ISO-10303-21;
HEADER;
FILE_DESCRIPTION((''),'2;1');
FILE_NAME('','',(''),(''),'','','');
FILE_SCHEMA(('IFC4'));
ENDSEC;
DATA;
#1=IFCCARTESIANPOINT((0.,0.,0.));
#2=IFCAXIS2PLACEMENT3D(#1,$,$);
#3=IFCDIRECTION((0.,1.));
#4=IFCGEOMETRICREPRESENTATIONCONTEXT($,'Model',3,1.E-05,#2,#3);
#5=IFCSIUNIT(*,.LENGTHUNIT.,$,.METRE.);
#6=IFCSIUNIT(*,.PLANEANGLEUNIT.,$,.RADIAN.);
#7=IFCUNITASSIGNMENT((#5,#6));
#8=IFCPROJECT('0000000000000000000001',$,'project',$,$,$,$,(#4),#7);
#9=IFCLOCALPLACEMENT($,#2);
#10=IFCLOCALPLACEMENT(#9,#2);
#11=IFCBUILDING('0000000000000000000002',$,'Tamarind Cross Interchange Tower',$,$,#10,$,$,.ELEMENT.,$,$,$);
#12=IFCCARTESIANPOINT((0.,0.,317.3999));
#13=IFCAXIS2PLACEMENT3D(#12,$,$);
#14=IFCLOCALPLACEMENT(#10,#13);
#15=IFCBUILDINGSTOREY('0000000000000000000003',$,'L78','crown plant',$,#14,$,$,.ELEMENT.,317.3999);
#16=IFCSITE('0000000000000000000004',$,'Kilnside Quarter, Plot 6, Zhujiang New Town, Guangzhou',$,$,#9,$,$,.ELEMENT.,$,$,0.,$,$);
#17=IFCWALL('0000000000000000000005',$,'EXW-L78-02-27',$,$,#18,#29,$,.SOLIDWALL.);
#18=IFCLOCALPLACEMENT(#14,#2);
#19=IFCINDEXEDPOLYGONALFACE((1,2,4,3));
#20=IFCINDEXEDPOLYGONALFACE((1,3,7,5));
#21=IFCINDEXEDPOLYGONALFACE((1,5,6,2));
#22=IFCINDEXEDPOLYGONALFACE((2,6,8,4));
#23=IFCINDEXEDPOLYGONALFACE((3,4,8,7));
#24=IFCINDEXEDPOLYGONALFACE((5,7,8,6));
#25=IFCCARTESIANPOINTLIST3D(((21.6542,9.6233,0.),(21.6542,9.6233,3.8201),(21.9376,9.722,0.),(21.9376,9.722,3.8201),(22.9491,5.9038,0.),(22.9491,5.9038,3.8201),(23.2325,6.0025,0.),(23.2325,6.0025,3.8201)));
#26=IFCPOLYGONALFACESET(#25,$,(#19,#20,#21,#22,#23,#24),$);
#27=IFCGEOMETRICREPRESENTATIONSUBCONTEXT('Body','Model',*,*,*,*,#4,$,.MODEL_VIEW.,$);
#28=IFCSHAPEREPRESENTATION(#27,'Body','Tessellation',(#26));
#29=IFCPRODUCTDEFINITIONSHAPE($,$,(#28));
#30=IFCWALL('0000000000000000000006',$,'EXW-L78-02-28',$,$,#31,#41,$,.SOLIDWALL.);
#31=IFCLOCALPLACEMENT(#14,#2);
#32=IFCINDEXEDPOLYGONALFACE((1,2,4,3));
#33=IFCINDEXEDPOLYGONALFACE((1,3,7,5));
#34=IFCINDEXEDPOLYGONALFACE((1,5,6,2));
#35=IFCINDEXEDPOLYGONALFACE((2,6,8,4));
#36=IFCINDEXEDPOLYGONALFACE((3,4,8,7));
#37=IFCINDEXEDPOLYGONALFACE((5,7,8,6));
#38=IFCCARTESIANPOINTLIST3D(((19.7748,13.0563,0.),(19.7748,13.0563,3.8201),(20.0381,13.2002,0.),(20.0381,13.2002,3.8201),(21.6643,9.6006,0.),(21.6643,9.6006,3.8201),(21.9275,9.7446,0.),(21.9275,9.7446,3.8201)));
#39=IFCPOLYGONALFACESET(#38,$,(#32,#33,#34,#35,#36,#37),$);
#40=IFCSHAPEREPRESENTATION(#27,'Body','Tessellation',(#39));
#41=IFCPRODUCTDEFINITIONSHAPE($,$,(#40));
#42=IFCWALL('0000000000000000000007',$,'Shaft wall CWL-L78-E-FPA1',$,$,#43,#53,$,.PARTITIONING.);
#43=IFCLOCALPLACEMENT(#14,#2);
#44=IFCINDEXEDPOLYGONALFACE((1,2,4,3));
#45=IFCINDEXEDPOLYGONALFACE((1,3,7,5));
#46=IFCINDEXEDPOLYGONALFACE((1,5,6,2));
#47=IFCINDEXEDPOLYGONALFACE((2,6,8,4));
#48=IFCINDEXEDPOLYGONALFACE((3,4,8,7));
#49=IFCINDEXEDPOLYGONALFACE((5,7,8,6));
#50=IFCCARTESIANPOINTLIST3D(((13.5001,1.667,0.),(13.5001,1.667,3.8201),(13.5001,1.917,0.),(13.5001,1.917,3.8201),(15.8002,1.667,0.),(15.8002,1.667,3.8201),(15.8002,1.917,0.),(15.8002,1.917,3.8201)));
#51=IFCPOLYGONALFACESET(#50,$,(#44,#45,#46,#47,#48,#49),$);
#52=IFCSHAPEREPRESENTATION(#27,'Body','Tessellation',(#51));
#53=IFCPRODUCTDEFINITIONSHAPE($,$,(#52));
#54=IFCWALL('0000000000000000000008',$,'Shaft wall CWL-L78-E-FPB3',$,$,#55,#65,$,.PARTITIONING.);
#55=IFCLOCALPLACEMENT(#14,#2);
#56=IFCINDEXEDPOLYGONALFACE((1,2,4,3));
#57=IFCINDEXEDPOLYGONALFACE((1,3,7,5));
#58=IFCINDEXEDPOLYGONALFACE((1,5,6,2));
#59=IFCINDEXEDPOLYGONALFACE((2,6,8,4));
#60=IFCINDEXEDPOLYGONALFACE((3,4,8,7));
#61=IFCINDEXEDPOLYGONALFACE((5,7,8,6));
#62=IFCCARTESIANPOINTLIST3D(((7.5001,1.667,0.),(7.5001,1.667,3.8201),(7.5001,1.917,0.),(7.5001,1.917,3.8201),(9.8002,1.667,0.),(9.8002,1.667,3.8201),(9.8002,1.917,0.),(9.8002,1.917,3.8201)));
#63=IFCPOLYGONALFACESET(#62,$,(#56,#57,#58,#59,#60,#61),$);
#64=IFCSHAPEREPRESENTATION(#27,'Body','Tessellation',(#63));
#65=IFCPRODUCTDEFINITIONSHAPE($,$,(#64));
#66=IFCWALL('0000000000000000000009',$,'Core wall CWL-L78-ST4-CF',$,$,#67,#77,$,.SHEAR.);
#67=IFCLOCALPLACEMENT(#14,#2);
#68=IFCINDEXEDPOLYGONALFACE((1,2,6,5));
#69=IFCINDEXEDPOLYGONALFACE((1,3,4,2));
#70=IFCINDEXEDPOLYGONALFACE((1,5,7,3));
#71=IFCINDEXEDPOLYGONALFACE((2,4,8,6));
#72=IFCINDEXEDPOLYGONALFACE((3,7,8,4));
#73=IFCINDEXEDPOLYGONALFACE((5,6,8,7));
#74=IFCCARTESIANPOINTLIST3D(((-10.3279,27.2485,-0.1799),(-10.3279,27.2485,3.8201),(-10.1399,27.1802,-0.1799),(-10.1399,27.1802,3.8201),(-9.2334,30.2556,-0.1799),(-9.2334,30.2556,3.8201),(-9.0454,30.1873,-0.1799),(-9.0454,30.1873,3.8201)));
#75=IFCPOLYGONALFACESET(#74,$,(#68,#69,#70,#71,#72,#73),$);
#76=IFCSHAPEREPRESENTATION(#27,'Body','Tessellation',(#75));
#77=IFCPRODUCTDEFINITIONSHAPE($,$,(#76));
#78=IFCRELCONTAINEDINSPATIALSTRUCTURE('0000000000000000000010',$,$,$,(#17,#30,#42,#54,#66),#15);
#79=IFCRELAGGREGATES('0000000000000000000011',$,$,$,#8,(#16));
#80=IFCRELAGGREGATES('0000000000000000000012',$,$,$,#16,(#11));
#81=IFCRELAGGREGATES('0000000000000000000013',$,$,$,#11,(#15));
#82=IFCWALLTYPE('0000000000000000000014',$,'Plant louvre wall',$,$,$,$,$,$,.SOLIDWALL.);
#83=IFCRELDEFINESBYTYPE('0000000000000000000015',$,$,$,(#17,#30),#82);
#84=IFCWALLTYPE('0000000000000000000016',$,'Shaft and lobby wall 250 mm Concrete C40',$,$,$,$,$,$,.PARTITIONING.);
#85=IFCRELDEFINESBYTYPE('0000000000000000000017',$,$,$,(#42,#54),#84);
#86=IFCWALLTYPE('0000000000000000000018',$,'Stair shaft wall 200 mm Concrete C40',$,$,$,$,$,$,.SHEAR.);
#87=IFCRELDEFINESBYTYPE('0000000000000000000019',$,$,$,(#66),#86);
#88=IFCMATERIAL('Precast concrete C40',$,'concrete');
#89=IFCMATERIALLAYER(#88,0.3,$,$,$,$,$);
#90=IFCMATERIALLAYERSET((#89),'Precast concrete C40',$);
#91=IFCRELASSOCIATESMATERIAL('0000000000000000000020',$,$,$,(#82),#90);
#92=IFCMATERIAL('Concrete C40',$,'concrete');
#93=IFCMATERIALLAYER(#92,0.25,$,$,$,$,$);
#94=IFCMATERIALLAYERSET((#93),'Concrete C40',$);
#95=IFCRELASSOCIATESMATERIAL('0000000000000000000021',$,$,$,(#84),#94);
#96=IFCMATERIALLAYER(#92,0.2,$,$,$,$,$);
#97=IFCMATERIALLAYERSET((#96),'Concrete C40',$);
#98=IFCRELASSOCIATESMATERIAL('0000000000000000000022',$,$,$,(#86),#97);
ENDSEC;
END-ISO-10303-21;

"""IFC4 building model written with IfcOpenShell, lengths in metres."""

from ifc_helpers import new_model, si_unit, direction, frame, frame_2d, origin, place, context, subcontext, project, spatial, polyline, rectangle, outline, extrude, material, layer, layer_set, type_object, element, save


model = new_model("IFC4")

# Units and contexts
model_context = context("Model", 3, precision=1e-05, world=origin(), true_north=direction((0.0, 1.0)))
body_context = subcontext(model_context, "Body", "Model", "MODEL_VIEW")
ifc_project = project(units=[si_unit("LENGTHUNIT", "METRE"), si_unit("PLANEANGLEUNIT", "RADIAN")], contexts=[model_context])

# Site, building, storey
site_placement = place(None, origin())
site = spatial("IfcSite", under=ifc_project, at=site_placement, Name="Kilnside Quarter, Plot 6, Zhujiang New Town, Guangzhou", CompositionType="ELEMENT", RefElevation=0.0)
building_placement = place(site_placement, origin())
building = spatial("IfcBuilding", under=site, at=building_placement, Name="Tamarind Cross Interchange Tower", CompositionType="ELEMENT")
storey_placement = place(building_placement, frame((0.0, 0.0, 317.3999)))
storey = spatial("IfcBuildingStorey", under=building, at=storey_placement, Name="L78", Description="crown plant", CompositionType="ELEMENT", Elevation=317.3999)

# Shared definitions
ifc_material_1 = material(Name="Concrete C40", Category="concrete")

# Walls
ifc_material_2 = material(Name="Precast concrete C40", Category="concrete")
ifc_layer_1 = layer(ifc_material_2, 0.3)
ifc_layer_set_1 = layer_set([ifc_layer_1], Name="Precast concrete C40")
wall_type_1 = type_object("IfcWallType", Name="Plant louvre wall", PredefinedType="SOLIDWALL", material=ifc_layer_set_1)
for number, where, z_axis, x_axis, name in (
    (1, (23.0908, 5.9531, 0.0), (0.0, 0.0, 1.0), (-0.32879, 0.944403, 0.0), "EXW-L78-02-27"),
    (2, (21.7959, 9.6726, 0.0), (0.0, 0.0, 1.0), (-0.479742, 0.877409, 0.0), "EXW-L78-02-28"),
):
    element("IfcWall", number, at=place(storey_placement, frame(where, z_axis=z_axis, x_axis=x_axis)), inside=storey, type_object=wall_type_1, Name=name, PredefinedType="SOLIDWALL", context=body_context, shape_type="SweptSolid", body=[
        extrude(rectangle(XDim=3.9385, YDim=0.3, at=frame_2d((1.9692, 0.0))), origin(), (0.0, 0.0, 1.0), 3.8201),
    ])
ifc_layer_2 = layer(ifc_material_1, 0.25)
ifc_layer_set_2 = layer_set([ifc_layer_2], Name="Concrete C40")
wall_type_2 = type_object("IfcWallType", Name="Shaft and lobby wall 250 mm Concrete C40", PredefinedType="PARTITIONING", material=ifc_layer_set_2)
for number, where, z_axis, x_axis, name in (
    (3, (15.8, 1.792, 0.0), (0.0, 0.0, 1.0), (-1.0, 0.0, 0.0), "Shaft wall CWL-L78-E-FPA1"),
    (4, (9.8, 1.792, 0.0), (0.0, 0.0, 1.0), (-1.0, 0.0, 0.0), "Shaft wall CWL-L78-E-FPB3"),
):
    element("IfcWall", number, at=place(storey_placement, frame(where, z_axis=z_axis, x_axis=x_axis)), inside=storey, type_object=wall_type_2, Name=name, PredefinedType="PARTITIONING", context=body_context, shape_type="SweptSolid", body=[
        extrude(rectangle(XDim=2.3, YDim=0.25, at=frame_2d((1.1499, 0.0))), origin(), (0.0, 0.0, 1.0), 3.8201),
    ])
ifc_layer_3 = layer(ifc_material_1, 0.2)
ifc_layer_set_3 = layer_set([ifc_layer_3], Name="Concrete C40")
wall_type_3 = type_object("IfcWallType", Name="Stair shaft wall 200 mm Concrete C40", PredefinedType="SHEAR", material=ifc_layer_set_3)
wall_1_placement = place(storey_placement, frame((0.0, 0.0, -0.1799)))
element("IfcWall", 5, at=wall_1_placement, inside=storey, type_object=wall_type_3, Name="Core wall CWL-L78-ST4-CF", PredefinedType="SHEAR", context=body_context, shape_type="SweptSolid", body=[
    extrude(outline(polyline([(-9.0454, 30.1873), (-9.2334, 30.2556), (-10.3279, 27.2485), (-10.1399, 27.1802), (-9.0454, 30.1873)])), origin(), (0.0, 0.0, 1.0), 4.0),
])

save(model, "model.ifc")
